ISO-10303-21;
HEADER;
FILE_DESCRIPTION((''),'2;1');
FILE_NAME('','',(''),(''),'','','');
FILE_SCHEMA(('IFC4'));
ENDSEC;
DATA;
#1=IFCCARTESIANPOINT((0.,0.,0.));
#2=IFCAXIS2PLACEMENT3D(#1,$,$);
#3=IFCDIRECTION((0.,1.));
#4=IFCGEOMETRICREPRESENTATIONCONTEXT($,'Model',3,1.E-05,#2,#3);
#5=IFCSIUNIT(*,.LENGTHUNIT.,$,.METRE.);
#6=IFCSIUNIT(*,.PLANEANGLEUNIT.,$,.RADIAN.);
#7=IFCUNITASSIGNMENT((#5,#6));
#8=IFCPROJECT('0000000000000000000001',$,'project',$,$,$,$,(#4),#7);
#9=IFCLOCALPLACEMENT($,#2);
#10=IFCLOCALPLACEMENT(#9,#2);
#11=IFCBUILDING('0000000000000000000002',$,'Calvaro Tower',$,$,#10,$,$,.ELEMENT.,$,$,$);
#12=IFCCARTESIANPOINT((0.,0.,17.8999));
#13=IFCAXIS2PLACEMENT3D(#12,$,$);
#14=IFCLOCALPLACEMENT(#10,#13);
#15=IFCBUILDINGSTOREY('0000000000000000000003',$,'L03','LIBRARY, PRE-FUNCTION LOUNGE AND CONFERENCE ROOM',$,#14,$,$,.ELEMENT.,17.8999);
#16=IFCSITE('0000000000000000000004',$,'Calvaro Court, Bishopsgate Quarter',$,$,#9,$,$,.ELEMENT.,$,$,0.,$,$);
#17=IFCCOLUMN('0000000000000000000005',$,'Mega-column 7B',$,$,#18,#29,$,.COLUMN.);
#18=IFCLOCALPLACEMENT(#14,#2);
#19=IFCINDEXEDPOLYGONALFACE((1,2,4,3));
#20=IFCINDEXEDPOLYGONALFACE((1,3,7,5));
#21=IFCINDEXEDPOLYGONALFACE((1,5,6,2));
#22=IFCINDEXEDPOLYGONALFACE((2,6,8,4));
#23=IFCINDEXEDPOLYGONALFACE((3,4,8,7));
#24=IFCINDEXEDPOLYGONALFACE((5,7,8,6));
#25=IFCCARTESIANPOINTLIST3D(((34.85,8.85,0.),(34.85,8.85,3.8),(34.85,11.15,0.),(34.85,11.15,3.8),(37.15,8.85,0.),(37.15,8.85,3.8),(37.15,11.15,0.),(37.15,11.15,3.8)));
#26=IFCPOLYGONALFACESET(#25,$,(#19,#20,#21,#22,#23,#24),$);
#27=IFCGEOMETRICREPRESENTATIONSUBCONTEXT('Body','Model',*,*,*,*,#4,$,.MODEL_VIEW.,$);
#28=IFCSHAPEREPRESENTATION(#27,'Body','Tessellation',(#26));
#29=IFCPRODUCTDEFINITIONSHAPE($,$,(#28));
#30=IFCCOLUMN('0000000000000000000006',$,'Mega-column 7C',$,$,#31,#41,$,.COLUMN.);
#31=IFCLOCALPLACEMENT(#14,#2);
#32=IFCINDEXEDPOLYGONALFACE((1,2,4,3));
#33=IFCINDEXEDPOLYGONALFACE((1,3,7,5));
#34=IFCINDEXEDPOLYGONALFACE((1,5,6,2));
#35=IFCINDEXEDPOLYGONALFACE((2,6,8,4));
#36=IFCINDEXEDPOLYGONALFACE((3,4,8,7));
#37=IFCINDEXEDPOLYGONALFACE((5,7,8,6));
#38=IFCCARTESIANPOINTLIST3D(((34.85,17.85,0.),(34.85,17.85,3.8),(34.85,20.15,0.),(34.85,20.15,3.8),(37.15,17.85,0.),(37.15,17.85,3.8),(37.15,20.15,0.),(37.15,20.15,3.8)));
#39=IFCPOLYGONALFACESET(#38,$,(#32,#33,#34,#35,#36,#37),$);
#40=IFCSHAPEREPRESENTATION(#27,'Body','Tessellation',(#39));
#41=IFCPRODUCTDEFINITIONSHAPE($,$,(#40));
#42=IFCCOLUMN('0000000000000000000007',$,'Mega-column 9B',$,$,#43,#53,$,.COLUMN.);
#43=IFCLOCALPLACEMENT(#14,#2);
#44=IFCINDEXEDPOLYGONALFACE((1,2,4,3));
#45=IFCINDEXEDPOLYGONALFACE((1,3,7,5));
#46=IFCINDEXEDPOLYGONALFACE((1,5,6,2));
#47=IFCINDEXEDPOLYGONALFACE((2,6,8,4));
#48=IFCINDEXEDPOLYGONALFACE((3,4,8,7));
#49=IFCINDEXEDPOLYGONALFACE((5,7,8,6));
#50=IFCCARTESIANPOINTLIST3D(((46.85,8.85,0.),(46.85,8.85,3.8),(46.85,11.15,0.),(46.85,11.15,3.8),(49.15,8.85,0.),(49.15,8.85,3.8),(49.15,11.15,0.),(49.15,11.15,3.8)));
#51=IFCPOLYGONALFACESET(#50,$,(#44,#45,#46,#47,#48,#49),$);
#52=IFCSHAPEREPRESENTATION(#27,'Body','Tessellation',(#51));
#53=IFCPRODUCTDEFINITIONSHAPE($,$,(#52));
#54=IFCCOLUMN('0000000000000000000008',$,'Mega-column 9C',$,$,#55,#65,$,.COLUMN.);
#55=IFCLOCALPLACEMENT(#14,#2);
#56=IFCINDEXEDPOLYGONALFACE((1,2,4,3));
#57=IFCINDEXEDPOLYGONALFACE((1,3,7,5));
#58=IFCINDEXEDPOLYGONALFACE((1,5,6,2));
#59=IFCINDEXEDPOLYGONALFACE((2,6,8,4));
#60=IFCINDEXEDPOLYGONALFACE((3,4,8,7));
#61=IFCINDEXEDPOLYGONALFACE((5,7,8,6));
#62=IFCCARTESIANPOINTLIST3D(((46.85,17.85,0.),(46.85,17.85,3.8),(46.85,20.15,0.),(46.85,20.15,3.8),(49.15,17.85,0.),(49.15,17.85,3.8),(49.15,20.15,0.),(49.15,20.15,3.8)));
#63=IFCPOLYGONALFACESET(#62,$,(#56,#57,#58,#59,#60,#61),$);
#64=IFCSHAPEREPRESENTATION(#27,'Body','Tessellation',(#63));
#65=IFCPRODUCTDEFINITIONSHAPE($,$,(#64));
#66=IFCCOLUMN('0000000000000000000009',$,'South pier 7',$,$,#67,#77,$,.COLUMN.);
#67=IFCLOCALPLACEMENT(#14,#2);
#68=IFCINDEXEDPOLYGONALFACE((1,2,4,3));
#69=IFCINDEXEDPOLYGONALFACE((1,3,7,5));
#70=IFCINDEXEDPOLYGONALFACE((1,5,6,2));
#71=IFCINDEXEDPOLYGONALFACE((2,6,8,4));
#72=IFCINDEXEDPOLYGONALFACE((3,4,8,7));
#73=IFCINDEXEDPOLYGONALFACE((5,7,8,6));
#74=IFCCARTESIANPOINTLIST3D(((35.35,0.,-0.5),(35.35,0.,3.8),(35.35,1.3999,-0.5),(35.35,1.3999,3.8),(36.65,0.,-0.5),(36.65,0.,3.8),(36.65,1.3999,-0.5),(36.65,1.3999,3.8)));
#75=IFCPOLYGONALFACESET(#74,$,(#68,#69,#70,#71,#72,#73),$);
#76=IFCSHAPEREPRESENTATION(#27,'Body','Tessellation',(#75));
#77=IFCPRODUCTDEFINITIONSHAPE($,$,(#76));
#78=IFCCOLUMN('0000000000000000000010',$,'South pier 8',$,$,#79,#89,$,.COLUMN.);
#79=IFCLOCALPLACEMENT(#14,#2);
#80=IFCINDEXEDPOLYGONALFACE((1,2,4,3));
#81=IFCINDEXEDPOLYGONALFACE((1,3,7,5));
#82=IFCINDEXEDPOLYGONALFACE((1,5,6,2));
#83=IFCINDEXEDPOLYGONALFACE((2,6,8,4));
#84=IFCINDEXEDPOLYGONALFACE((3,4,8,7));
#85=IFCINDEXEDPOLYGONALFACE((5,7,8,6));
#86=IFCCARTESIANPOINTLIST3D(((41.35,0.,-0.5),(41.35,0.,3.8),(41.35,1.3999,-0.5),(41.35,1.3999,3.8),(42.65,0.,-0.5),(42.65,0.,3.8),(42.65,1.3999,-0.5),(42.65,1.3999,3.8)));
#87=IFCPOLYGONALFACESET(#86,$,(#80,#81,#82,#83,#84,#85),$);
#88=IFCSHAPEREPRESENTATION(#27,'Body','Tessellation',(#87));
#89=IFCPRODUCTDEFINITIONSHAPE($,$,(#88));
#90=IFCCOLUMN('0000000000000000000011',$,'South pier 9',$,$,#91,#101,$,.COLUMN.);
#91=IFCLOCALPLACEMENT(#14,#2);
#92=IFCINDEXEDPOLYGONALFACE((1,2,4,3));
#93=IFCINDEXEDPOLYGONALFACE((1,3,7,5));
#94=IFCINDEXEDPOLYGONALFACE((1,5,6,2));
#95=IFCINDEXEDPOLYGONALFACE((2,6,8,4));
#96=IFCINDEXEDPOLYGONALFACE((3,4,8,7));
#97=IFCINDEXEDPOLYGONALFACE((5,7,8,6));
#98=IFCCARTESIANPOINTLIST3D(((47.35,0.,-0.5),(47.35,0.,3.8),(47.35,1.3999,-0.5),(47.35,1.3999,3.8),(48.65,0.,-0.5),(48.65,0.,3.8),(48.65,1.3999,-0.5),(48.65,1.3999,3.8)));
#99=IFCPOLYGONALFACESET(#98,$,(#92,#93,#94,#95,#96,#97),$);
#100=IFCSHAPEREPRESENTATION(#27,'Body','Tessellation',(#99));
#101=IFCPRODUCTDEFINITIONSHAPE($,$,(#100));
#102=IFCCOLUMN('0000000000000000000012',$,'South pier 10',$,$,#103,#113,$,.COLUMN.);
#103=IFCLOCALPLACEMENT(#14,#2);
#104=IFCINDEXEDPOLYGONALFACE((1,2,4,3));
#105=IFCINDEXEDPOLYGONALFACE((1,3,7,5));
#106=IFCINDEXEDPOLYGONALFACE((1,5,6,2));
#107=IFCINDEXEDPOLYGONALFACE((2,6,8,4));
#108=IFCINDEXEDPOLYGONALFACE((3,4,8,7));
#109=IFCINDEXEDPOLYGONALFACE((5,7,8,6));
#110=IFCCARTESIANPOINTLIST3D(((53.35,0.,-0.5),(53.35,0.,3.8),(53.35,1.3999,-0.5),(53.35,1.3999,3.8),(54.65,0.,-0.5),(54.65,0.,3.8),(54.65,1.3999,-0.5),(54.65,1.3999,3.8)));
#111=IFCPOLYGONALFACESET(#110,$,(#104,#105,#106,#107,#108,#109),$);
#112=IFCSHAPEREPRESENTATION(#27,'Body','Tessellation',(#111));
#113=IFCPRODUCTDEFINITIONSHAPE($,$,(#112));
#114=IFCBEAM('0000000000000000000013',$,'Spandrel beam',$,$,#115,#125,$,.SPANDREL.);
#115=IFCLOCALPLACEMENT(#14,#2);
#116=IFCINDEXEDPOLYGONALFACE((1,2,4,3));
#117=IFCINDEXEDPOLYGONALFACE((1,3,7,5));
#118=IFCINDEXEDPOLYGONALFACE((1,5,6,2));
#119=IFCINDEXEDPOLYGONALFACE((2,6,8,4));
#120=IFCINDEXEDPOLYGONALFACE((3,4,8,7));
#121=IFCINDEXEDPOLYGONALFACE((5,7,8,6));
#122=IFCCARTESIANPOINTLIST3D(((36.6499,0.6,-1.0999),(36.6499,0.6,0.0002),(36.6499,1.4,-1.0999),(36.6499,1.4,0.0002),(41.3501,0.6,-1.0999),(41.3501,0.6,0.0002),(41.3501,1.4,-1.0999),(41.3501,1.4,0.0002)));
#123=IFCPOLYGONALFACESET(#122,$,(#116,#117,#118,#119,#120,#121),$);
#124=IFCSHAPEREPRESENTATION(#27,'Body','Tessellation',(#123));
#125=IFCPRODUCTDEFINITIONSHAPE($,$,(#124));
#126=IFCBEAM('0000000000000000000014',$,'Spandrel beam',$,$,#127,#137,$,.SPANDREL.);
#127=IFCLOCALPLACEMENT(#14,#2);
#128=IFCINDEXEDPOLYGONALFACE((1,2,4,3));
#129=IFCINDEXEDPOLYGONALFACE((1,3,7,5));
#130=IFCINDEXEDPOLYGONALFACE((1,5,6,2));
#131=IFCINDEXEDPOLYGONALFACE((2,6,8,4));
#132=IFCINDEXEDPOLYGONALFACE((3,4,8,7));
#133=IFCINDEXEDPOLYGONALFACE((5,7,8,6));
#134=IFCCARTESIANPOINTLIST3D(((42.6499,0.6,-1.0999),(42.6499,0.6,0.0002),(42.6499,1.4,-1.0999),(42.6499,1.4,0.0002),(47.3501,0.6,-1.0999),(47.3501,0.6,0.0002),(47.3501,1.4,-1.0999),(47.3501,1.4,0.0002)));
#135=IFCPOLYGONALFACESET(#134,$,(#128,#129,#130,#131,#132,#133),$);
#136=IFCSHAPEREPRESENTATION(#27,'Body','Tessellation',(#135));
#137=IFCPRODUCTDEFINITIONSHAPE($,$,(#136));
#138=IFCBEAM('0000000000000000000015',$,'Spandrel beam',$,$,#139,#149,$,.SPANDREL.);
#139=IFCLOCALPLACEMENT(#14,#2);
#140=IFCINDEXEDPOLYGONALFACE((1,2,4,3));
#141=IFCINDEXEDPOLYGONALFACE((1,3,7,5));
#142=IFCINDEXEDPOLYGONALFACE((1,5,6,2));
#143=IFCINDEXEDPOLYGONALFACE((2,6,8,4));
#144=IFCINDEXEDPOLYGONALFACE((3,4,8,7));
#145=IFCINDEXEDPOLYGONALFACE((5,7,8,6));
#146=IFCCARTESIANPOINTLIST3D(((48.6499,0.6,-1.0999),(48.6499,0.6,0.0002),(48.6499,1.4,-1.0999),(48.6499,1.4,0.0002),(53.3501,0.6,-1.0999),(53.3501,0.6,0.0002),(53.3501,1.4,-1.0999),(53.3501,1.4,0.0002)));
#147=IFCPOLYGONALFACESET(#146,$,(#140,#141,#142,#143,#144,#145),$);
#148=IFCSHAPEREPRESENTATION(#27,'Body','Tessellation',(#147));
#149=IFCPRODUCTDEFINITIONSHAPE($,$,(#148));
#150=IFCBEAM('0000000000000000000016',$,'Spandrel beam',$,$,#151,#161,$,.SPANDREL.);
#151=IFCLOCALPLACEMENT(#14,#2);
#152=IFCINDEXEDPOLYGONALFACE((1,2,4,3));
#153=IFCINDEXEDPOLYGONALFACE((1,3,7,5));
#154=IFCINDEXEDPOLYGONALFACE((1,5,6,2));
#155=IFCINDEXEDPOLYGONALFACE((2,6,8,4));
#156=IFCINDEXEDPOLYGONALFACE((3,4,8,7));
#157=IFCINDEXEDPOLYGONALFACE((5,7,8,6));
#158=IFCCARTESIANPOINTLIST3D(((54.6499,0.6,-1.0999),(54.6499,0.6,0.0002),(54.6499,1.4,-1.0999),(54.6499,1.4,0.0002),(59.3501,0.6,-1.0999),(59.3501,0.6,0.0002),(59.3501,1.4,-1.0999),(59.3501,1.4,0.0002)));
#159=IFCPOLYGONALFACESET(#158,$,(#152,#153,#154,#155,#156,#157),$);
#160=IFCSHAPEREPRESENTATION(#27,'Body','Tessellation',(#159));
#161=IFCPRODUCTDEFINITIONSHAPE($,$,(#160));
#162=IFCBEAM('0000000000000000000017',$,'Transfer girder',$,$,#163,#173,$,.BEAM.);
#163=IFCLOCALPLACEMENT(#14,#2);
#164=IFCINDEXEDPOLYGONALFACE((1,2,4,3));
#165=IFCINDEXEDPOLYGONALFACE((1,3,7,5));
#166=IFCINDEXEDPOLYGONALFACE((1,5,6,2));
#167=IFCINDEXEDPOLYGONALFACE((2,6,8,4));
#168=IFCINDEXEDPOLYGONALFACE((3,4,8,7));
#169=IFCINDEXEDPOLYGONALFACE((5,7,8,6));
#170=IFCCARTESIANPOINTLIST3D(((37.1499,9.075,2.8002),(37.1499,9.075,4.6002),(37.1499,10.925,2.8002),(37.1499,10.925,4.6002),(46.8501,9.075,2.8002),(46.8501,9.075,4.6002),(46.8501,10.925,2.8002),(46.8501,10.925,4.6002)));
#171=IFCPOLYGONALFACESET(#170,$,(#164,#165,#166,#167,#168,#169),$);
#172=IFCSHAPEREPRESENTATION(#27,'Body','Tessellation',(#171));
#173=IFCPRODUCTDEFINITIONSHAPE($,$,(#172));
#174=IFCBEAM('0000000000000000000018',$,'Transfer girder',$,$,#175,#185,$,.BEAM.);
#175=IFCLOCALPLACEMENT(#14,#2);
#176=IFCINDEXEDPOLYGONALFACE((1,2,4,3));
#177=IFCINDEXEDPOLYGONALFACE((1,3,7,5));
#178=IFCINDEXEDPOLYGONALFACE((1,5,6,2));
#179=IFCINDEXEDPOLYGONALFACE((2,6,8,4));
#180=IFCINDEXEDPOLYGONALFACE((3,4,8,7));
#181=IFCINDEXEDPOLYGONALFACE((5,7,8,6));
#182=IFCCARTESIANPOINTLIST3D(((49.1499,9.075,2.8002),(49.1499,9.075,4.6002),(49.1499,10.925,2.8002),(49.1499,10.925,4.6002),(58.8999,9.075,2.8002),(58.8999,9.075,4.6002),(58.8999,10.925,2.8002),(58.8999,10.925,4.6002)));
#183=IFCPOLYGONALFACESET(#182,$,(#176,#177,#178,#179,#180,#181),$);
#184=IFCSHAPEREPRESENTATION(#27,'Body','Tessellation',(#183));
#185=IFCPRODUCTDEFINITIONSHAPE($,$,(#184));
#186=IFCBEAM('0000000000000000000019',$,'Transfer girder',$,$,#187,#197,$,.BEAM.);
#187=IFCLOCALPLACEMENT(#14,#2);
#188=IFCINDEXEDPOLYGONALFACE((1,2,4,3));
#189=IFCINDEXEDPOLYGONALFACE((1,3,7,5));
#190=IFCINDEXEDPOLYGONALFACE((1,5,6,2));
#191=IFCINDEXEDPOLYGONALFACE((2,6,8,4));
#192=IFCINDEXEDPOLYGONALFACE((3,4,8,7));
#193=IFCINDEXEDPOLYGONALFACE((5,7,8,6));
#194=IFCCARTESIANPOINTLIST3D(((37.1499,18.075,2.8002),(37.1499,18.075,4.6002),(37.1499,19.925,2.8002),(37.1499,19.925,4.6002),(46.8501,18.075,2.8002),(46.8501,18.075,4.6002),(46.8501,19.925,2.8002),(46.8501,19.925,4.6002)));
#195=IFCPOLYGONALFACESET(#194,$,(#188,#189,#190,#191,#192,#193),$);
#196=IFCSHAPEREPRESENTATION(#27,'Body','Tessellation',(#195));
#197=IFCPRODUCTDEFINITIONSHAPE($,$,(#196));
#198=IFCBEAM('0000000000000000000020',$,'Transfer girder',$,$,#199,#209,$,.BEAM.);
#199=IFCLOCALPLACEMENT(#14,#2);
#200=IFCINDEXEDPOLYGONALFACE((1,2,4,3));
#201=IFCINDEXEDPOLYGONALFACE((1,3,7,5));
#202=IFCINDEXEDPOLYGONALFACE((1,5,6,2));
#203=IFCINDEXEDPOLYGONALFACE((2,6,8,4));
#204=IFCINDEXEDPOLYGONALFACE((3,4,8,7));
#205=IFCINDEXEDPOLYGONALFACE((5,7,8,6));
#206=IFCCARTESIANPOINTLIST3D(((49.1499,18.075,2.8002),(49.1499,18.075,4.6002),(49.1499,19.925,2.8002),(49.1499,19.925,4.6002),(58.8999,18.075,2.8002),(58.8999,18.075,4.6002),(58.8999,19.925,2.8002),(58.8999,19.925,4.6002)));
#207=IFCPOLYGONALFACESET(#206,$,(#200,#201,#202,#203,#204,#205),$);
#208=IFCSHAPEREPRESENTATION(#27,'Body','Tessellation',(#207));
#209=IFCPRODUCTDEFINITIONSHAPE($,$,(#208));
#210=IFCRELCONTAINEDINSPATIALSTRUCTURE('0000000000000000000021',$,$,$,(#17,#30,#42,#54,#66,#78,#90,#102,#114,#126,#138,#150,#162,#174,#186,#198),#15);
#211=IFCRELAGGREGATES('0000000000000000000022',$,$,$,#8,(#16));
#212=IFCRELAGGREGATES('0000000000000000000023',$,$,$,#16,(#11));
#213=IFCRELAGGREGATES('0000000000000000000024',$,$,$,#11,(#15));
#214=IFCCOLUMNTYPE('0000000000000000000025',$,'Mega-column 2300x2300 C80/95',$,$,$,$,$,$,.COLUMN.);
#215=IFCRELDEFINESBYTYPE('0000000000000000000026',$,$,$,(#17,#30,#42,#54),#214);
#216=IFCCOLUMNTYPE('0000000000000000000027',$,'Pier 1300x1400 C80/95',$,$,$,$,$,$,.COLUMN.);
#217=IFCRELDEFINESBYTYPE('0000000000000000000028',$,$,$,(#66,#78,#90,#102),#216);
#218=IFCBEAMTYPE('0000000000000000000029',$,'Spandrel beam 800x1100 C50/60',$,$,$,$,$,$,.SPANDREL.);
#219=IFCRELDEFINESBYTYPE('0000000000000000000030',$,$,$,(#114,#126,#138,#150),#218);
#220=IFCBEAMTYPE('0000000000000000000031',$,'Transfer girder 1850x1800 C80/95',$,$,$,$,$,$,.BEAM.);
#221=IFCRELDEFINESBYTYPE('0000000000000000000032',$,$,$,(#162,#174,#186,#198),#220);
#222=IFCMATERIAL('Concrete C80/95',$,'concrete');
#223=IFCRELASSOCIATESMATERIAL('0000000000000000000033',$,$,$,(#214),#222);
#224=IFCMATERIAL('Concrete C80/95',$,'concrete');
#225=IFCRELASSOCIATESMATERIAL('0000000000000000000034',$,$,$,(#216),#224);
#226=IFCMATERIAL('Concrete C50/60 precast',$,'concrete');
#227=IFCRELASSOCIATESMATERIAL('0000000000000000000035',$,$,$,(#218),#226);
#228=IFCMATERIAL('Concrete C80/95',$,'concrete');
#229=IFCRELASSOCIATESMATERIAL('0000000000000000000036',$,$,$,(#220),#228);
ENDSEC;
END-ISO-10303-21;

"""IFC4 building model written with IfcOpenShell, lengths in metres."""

from ifc_helpers import new_model, si_unit, direction, frame, origin, origin_2d, place, context, subcontext, project, spatial, rectangle, extrude, material, material_profile, profile_set, type_object, element, save


model = new_model("IFC4")

# Units and contexts
model_context = context("Model", 3, precision=1e-05, world=origin(), true_north=direction((0.0, 1.0)))
body_context = subcontext(model_context, "Body", "Model", "MODEL_VIEW")
ifc_project = project(units=[si_unit("LENGTHUNIT", "METRE"), si_unit("PLANEANGLEUNIT", "RADIAN")], contexts=[model_context])

# Site, building, storey
site_placement = place(None, origin())
site = spatial("IfcSite", under=ifc_project, at=site_placement, Name="Calvaro Court, Bishopsgate Quarter", CompositionType="ELEMENT", RefElevation=0.0)
building_placement = place(site_placement, origin())
building = spatial("IfcBuilding", under=site, at=building_placement, Name="Calvaro Tower", CompositionType="ELEMENT")
storey_placement = place(building_placement, frame((0.0, 0.0, 17.8999)))
storey = spatial("IfcBuildingStorey", under=building, at=storey_placement, Name="L03", Description="LIBRARY, PRE-FUNCTION LOUNGE AND CONFERENCE ROOM", CompositionType="ELEMENT", Elevation=17.8999)

# Columns
ifc_material_1 = material(Name="Concrete C80/95", Category="concrete")
ifc_material_profile_1 = material_profile(ifc_material_1, rectangle(XDim=2.3, YDim=2.3, at=origin_2d()), Name="RC 2300x2300")
ifc_profile_set_1 = profile_set([ifc_material_profile_1], Name="Concrete C80/95")
column_type_1 = type_object("IfcColumnType", Name="Mega-column 2300x2300 C80/95", PredefinedType="COLUMN", material=ifc_profile_set_1)
for number, where, z_axis, x_axis, name in (
    (1, (36.0, 10.0, 0.0), (0.0, 0.0, 1.0), (1.0, 0.0, 0.0), "Mega-column 7B"),
    (2, (36.0, 19.0, 0.0), (0.0, 0.0, 1.0), (1.0, 0.0, 0.0), "Mega-column 7C"),
    (3, (48.0, 10.0, 0.0), (0.0, 0.0, 1.0), (1.0, 0.0, 0.0), "Mega-column 9B"),
    (4, (48.0, 19.0, 0.0), (0.0, 0.0, 1.0), (1.0, 0.0, 0.0), "Mega-column 9C"),
):
    element("IfcColumn", number, at=place(storey_placement, frame(where, z_axis=z_axis, x_axis=x_axis)), inside=storey, type_object=column_type_1, Name=name, PredefinedType="COLUMN", context=body_context, shape_type="SweptSolid", body=[
        extrude(rectangle(XDim=2.3, YDim=2.3, at=origin_2d()), origin(), (0.0, 0.0, 1.0), 3.8),
    ])
ifc_material_2 = material(Name="Concrete C80/95", Category="concrete")
ifc_material_profile_2 = material_profile(ifc_material_2, rectangle(XDim=1.3, YDim=1.3999, at=origin_2d()), Name="RC 1300x1400")
ifc_profile_set_2 = profile_set([ifc_material_profile_2], Name="Concrete C80/95")
column_type_2 = type_object("IfcColumnType", Name="Pier 1300x1400 C80/95", PredefinedType="COLUMN", material=ifc_profile_set_2)
for number, where, z_axis, x_axis, name in (
    (5, (36.0, 0.7, -0.5), (0.0, 0.0, 1.0), (1.0, 0.0, 0.0), "South pier 7"),
    (6, (42.0, 0.7, -0.5), (0.0, 0.0, 1.0), (1.0, 0.0, 0.0), "South pier 8"),
    (7, (48.0, 0.7, -0.5), (0.0, 0.0, 1.0), (1.0, 0.0, 0.0), "South pier 9"),
    (8, (54.0, 0.7, -0.5), (0.0, 0.0, 1.0), (1.0, 0.0, 0.0), "South pier 10"),
):
    element("IfcColumn", number, at=place(storey_placement, frame(where, z_axis=z_axis, x_axis=x_axis)), inside=storey, type_object=column_type_2, Name=name, PredefinedType="COLUMN", context=body_context, shape_type="SweptSolid", body=[
        extrude(rectangle(XDim=1.3, YDim=1.3999, at=origin_2d()), origin(), (0.0, 0.0, 1.0), 4.3),
    ])

# Beams
ifc_material_3 = material(Name="Concrete C50/60 precast", Category="concrete")
ifc_material_profile_3 = material_profile(ifc_material_3, rectangle(XDim=0.8, YDim=1.1001, at=origin_2d()), Name="RC 800x1100")
ifc_profile_set_3 = profile_set([ifc_material_profile_3], Name="Concrete C50/60 precast")
beam_type_1 = type_object("IfcBeamType", Name="Spandrel beam 800x1100 C50/60", PredefinedType="SPANDREL", material=ifc_profile_set_3)
for number, where, z_axis, x_axis, name in (
    (9, (36.6499, 1.0, -0.5498), (1.0, 0.0, 0.0), (0.0, 1.0, 0.0), "Spandrel beam"),
    (10, (42.6499, 1.0, -0.5498), (1.0, 0.0, 0.0), (0.0, 1.0, 0.0), "Spandrel beam"),
    (11, (48.6499, 1.0, -0.5498), (1.0, 0.0, 0.0), (0.0, 1.0, 0.0), "Spandrel beam"),
    (12, (54.6499, 1.0, -0.5498), (1.0, 0.0, 0.0), (0.0, 1.0, 0.0), "Spandrel beam"),
):
    element("IfcBeam", number, at=place(storey_placement, frame(where, z_axis=z_axis, x_axis=x_axis)), inside=storey, type_object=beam_type_1, Name=name, PredefinedType="SPANDREL", context=body_context, shape_type="SweptSolid", body=[
        extrude(rectangle(XDim=0.8, YDim=1.1001, at=origin_2d()), origin(), (0.0, 0.0, 1.0), 4.7002),
    ])
ifc_material_4 = material(Name="Concrete C80/95", Category="concrete")
ifc_material_profile_4 = material_profile(ifc_material_4, rectangle(XDim=1.8501, YDim=1.8, at=origin_2d()), Name="RC 1850x1800")
ifc_profile_set_4 = profile_set([ifc_material_profile_4], Name="Concrete C80/95")
beam_type_2 = type_object("IfcBeamType", Name="Transfer girder 1850x1800 C80/95", PredefinedType="BEAM", material=ifc_profile_set_4)
beam_1_placement = place(storey_placement, frame((37.1499, 10.0, 3.7002), z_axis=(1.0, 0.0, 0.0), x_axis=(0.0, 1.0, 0.0)))
element("IfcBeam", 13, at=beam_1_placement, inside=storey, type_object=beam_type_2, Name="Transfer girder", PredefinedType="BEAM", context=body_context, shape_type="SweptSolid", body=[
    extrude(rectangle(XDim=1.8501, YDim=1.8, at=origin_2d()), origin(), (0.0, 0.0, 1.0), 9.7002),
])
beam_2_placement = place(storey_placement, frame((49.1499, 10.0, 3.7002), z_axis=(1.0, 0.0, 0.0), x_axis=(0.0, 1.0, 0.0)))
element("IfcBeam", 14, at=beam_2_placement, inside=storey, type_object=beam_type_2, Name="Transfer girder", PredefinedType="BEAM", context=body_context, shape_type="SweptSolid", body=[
    extrude(rectangle(XDim=1.8501, YDim=1.8, at=origin_2d()), origin(), (0.0, 0.0, 1.0), 9.75),
])
beam_3_placement = place(storey_placement, frame((37.1499, 19.0, 3.7002), z_axis=(1.0, 0.0, 0.0), x_axis=(0.0, 1.0, 0.0)))
element("IfcBeam", 15, at=beam_3_placement, inside=storey, type_object=beam_type_2, Name="Transfer girder", PredefinedType="BEAM", context=body_context, shape_type="SweptSolid", body=[
    extrude(rectangle(XDim=1.8501, YDim=1.8, at=origin_2d()), origin(), (0.0, 0.0, 1.0), 9.7002),
])
beam_4_placement = place(storey_placement, frame((49.1499, 19.0, 3.7002), z_axis=(1.0, 0.0, 0.0), x_axis=(0.0, 1.0, 0.0)))
element("IfcBeam", 16, at=beam_4_placement, inside=storey, type_object=beam_type_2, Name="Transfer girder", PredefinedType="BEAM", context=body_context, shape_type="SweptSolid", body=[
    extrude(rectangle(XDim=1.8501, YDim=1.8, at=origin_2d()), origin(), (0.0, 0.0, 1.0), 9.75),
])

save(model, "model.ifc")
